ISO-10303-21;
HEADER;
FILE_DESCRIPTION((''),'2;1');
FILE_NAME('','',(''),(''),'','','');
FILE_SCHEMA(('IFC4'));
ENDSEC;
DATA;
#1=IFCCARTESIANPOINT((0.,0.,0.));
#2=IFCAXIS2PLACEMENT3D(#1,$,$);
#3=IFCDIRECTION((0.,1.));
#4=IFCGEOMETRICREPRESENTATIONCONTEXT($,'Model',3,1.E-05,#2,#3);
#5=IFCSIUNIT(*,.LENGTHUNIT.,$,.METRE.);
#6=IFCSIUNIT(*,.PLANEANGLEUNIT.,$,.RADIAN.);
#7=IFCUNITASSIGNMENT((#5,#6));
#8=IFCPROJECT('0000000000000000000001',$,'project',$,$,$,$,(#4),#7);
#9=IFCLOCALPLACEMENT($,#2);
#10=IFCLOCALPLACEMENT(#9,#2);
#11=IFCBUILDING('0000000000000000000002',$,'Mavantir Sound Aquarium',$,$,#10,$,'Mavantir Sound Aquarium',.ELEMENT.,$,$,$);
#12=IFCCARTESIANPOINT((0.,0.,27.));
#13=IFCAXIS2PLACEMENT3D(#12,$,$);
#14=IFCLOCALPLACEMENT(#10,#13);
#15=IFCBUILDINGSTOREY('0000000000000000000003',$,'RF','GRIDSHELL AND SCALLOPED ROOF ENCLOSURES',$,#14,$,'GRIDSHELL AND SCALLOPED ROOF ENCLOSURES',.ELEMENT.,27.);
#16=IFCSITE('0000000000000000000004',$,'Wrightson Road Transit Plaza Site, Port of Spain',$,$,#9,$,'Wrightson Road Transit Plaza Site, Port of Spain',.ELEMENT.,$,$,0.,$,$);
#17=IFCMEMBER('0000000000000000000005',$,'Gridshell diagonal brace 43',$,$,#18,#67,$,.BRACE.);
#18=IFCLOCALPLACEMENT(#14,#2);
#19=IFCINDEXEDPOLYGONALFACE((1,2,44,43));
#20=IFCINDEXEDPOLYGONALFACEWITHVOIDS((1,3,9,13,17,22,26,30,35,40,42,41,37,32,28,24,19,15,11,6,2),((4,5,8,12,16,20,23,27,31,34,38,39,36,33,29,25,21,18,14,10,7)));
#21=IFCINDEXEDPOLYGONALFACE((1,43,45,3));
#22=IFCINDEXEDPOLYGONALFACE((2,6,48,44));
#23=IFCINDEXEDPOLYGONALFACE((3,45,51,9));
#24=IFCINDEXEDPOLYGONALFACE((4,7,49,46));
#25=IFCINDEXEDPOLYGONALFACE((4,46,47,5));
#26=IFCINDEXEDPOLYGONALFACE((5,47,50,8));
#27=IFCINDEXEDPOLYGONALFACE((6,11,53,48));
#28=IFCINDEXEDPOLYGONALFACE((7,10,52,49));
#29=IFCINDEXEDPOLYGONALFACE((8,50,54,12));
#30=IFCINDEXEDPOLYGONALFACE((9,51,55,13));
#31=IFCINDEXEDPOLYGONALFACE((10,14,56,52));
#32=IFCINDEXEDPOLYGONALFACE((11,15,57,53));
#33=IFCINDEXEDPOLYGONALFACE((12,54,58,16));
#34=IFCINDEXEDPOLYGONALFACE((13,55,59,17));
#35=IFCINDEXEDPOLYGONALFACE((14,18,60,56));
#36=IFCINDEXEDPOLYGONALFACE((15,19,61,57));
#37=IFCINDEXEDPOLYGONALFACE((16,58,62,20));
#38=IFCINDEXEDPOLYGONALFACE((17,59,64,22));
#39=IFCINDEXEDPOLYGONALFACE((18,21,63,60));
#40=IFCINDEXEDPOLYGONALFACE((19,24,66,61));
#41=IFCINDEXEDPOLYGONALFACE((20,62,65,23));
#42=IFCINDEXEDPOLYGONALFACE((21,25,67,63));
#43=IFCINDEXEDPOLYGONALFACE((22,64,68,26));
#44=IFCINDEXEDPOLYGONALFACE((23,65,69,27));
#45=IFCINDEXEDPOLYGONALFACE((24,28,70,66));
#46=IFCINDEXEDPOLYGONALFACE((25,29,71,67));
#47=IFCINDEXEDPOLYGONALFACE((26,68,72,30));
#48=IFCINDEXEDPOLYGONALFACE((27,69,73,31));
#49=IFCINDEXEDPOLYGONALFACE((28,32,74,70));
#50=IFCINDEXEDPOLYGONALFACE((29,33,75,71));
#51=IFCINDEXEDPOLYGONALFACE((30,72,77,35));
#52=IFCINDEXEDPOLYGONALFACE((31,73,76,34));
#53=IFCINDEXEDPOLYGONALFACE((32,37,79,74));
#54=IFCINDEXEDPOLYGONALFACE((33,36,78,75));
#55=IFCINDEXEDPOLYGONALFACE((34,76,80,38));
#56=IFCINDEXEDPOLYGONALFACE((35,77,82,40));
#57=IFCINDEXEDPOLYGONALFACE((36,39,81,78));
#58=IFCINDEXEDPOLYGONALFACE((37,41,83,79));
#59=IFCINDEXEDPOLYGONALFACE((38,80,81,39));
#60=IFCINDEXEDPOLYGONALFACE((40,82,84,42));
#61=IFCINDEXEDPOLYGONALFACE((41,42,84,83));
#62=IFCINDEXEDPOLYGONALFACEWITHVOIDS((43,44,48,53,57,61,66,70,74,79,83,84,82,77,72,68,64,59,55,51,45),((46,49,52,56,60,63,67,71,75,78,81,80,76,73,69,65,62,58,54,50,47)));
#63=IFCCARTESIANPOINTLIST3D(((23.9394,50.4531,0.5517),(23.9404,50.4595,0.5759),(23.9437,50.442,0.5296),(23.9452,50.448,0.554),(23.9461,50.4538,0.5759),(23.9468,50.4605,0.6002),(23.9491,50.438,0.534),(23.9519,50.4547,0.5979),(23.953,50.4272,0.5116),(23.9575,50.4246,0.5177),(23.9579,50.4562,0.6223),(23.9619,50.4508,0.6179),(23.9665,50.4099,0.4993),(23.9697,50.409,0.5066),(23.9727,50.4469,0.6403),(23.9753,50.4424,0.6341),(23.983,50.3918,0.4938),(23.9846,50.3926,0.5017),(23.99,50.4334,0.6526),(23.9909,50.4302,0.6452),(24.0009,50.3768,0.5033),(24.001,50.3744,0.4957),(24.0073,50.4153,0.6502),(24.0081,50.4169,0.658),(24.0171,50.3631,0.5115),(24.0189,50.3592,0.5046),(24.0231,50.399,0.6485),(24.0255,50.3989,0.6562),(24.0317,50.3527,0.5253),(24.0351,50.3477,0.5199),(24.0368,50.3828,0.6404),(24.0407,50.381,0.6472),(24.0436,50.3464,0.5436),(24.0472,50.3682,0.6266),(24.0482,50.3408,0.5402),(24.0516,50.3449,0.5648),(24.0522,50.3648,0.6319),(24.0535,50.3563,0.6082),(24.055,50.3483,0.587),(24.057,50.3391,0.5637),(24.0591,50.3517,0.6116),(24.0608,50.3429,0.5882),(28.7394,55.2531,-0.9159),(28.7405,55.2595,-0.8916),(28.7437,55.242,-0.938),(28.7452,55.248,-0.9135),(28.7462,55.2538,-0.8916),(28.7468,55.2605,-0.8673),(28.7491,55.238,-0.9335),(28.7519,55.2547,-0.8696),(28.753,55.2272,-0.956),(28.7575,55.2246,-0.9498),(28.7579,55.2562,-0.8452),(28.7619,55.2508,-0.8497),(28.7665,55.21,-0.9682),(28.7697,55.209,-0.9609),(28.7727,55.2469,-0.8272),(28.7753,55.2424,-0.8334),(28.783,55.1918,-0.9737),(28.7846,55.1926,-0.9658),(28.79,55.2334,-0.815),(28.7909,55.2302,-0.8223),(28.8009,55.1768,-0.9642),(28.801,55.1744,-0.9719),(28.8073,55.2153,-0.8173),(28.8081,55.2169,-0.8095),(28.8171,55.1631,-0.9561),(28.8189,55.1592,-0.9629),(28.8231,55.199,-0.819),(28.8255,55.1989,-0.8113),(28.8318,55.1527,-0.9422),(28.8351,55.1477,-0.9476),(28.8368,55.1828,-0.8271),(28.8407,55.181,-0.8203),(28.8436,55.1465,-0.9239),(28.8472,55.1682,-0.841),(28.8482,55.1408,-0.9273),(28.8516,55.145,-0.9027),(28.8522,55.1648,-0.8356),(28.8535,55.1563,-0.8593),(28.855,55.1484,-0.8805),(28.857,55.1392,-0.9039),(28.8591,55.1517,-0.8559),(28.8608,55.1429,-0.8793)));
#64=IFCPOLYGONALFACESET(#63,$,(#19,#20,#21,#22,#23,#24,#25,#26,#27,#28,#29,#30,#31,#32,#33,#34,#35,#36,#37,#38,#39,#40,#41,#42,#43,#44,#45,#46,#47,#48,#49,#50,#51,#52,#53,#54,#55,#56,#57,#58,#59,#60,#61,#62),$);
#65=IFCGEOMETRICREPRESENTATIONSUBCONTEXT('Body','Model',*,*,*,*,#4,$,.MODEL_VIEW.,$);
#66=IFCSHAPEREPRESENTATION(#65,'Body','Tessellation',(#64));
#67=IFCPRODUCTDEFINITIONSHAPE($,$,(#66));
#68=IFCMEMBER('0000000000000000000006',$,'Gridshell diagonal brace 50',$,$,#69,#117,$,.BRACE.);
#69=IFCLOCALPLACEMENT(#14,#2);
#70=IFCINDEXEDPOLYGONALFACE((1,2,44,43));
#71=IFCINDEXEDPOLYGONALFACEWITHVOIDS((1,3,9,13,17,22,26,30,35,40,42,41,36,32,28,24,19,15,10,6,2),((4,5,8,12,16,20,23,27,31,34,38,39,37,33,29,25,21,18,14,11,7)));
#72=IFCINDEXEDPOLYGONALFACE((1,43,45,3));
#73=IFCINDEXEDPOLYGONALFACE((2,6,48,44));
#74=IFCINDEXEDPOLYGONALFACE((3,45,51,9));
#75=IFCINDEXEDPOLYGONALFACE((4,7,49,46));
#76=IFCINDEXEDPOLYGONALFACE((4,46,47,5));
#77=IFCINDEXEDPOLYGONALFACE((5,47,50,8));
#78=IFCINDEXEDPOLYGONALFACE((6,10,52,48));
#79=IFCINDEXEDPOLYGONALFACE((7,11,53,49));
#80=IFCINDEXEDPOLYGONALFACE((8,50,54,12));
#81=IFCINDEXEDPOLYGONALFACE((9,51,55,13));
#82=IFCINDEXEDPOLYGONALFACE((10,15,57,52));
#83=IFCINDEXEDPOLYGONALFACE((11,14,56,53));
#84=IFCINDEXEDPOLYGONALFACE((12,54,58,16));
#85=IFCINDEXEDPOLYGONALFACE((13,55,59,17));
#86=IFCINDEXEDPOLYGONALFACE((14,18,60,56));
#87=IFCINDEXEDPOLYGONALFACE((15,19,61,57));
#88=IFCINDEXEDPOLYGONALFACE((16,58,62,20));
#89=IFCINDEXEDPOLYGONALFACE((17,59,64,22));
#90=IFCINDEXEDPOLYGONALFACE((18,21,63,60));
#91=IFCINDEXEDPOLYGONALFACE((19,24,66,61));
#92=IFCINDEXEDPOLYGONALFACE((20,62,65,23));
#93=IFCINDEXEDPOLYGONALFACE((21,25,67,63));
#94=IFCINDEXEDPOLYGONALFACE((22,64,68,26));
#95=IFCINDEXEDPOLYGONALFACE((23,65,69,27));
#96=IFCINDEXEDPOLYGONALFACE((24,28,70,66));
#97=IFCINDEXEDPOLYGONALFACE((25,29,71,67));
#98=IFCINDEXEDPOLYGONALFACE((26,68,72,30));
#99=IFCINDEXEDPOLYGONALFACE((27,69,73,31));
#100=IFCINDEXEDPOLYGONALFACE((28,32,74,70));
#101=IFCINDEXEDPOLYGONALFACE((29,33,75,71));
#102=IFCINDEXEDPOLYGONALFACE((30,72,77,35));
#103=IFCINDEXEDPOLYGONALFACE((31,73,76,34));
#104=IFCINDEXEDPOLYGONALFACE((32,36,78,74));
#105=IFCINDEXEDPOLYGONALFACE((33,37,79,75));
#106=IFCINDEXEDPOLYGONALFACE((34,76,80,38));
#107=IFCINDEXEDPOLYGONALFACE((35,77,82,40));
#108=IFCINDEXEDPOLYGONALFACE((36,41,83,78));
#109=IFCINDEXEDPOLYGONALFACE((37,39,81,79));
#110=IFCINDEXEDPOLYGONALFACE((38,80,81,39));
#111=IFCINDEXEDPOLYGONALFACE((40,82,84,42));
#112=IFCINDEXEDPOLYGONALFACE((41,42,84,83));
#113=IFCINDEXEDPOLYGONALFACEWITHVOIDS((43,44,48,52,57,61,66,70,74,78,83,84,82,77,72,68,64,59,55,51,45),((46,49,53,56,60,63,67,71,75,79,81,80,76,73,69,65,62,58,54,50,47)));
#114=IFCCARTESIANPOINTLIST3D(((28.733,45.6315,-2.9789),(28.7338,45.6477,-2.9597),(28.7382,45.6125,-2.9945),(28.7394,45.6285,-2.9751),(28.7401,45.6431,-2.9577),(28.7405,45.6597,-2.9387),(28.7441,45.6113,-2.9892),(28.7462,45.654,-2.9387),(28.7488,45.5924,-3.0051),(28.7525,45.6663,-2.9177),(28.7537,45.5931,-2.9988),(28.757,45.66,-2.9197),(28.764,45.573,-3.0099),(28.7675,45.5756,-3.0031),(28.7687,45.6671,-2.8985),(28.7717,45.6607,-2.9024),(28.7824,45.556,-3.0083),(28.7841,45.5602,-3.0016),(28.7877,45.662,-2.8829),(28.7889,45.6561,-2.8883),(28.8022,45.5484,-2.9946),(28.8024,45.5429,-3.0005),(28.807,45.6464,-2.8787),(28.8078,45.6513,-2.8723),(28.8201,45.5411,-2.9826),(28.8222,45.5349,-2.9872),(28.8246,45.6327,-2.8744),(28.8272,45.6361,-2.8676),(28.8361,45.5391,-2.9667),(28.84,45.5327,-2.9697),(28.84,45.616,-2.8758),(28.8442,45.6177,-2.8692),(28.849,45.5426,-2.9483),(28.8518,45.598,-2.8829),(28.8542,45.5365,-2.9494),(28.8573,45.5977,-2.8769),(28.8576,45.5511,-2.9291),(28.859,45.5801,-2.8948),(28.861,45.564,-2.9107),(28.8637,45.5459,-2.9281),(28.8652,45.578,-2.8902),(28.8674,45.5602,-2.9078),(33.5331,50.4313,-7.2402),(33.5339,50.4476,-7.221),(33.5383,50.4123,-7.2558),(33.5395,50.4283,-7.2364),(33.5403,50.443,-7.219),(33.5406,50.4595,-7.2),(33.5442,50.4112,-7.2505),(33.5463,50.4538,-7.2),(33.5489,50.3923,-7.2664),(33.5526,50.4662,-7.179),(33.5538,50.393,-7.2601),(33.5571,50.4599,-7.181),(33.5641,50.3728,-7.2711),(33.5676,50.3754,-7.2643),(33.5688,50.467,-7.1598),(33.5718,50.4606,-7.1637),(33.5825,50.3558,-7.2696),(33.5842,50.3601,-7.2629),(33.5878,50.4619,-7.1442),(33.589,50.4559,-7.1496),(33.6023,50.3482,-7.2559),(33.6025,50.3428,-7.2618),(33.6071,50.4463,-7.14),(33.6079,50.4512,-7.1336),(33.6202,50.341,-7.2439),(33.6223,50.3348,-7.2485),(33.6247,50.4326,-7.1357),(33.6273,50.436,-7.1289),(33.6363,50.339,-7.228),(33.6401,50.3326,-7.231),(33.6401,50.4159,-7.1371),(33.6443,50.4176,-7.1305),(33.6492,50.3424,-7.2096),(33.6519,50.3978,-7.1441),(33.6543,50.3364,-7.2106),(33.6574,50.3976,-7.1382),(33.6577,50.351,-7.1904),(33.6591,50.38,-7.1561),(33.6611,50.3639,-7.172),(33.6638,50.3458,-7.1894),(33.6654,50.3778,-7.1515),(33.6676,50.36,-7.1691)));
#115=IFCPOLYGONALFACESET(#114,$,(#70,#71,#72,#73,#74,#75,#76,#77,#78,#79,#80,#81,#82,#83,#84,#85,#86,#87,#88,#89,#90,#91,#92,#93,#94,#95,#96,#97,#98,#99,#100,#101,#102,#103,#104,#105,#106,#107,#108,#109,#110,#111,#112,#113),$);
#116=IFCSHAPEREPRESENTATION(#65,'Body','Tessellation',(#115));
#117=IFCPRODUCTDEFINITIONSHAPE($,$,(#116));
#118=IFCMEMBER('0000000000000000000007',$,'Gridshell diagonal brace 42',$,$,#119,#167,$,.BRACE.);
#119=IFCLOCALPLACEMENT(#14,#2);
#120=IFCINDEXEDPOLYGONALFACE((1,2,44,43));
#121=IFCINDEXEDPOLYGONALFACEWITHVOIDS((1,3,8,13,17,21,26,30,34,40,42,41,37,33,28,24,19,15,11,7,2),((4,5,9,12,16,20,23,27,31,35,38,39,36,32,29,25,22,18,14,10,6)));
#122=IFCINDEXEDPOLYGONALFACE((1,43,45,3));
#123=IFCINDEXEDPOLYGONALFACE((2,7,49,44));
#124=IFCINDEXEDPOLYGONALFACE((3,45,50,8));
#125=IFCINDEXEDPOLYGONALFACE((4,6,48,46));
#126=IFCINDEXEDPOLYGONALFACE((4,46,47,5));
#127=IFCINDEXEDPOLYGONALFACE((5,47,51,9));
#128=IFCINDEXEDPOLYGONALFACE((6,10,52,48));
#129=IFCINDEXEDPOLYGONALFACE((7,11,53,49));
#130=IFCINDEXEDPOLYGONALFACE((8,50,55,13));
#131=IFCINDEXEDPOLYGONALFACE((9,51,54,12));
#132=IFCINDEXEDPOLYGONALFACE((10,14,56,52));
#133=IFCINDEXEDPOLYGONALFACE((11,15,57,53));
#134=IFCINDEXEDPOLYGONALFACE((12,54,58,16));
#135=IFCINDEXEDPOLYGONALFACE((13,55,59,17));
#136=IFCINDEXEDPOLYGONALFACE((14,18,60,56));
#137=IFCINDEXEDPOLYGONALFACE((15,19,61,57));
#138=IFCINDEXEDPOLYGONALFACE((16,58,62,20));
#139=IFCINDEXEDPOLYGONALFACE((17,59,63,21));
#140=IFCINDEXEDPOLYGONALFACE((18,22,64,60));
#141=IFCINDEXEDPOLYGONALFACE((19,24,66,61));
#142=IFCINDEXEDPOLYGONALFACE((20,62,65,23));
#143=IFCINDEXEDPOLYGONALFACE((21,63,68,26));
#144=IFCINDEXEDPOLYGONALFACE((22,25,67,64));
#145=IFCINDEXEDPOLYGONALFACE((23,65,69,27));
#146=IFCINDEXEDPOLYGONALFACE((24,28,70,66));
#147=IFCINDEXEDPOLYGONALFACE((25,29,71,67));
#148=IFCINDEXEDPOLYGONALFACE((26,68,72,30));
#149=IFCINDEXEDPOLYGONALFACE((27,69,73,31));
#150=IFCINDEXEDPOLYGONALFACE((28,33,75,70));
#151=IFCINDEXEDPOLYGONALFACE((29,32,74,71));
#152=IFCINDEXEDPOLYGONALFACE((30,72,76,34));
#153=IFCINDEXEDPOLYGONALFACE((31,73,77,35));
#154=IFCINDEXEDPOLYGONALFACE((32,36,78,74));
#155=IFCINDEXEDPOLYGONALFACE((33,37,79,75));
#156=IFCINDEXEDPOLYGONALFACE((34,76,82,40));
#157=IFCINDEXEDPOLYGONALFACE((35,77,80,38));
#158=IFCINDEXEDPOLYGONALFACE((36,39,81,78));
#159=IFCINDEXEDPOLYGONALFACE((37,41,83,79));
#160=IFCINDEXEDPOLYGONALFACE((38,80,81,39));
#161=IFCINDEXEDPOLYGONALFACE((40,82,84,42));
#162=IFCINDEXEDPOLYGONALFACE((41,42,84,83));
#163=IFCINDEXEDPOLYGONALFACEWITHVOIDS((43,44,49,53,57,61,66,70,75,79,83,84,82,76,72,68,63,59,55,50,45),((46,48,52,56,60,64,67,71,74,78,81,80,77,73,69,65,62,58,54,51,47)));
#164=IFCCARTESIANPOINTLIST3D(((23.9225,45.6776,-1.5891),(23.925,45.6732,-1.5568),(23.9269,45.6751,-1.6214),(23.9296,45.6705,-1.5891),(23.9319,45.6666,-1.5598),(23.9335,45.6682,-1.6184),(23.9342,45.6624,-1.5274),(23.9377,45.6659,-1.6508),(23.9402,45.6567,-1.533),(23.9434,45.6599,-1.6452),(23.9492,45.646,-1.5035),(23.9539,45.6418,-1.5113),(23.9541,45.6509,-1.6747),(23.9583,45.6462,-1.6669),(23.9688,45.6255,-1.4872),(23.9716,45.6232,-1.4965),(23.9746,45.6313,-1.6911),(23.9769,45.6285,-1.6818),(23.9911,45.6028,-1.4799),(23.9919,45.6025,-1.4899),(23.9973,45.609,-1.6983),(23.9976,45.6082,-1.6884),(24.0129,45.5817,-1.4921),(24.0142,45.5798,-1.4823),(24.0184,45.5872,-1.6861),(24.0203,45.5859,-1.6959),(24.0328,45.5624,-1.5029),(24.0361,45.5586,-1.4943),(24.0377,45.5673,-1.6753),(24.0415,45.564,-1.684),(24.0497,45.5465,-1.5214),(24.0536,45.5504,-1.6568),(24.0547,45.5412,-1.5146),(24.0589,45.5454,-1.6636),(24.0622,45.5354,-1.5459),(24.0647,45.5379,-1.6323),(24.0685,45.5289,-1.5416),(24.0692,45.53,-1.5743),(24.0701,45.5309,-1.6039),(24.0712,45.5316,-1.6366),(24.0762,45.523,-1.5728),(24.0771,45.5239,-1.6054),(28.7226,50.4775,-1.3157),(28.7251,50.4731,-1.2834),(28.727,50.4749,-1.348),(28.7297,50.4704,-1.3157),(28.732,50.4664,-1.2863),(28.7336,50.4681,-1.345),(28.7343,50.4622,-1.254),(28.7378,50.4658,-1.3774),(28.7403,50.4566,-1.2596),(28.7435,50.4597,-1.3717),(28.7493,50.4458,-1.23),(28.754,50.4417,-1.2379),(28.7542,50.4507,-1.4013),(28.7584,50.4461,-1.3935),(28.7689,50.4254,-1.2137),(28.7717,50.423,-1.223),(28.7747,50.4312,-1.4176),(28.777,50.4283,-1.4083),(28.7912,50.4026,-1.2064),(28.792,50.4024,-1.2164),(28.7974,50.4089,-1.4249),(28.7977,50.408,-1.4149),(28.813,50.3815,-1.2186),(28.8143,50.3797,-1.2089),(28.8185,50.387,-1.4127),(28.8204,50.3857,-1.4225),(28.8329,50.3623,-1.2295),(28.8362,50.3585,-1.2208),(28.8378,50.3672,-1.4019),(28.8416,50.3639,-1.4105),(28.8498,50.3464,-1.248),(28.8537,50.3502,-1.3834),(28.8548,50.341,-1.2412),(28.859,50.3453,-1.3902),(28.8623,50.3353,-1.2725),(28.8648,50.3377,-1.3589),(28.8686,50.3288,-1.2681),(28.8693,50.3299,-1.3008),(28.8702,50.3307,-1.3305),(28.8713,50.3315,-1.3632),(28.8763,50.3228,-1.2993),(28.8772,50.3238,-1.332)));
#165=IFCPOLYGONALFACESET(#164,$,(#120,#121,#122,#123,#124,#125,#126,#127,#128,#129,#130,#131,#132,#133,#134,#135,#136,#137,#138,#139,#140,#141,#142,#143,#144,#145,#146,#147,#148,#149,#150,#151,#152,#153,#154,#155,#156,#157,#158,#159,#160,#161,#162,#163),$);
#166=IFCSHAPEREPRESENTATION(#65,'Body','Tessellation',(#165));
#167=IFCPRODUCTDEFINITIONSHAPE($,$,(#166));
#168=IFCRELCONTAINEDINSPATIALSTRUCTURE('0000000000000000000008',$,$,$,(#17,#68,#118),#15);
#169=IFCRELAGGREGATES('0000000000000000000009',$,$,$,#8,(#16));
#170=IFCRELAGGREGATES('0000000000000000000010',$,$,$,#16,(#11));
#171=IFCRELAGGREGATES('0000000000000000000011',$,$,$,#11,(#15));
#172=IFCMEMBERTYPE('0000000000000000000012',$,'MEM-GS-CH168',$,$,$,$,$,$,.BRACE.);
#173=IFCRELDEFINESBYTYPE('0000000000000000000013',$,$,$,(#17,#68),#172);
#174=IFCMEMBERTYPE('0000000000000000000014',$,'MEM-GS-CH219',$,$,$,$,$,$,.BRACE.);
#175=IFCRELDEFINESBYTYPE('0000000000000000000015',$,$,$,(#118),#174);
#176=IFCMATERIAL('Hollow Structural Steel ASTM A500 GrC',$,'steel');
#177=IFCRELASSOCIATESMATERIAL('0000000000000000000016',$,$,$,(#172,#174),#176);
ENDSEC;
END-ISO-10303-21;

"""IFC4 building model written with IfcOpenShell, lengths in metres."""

from ifc_helpers import new_model, si_unit, direction, frame, origin, origin_2d, place, context, subcontext, project, spatial, hollow_circle, extrude, material, material_profile, profile_set, type_object, element, save


model = new_model("IFC4")

# Units and contexts
model_context = context("Model", 3, precision=1e-05, world=origin(), true_north=direction((0.0, 1.0)))
body_context = subcontext(model_context, "Body", "Model", "MODEL_VIEW")
ifc_project = project(units=[si_unit("LENGTHUNIT", "METRE"), si_unit("PLANEANGLEUNIT", "RADIAN")], contexts=[model_context])

# Site, building, storey
site_placement = place(None, origin())
site = spatial("IfcSite", under=ifc_project, at=site_placement, Name="Wrightson Road Transit Plaza Site, Port of Spain", LongName="Wrightson Road Transit Plaza Site, Port of Spain", CompositionType="ELEMENT", RefElevation=0.0)
building_placement = place(site_placement, origin())
building = spatial("IfcBuilding", under=site, at=building_placement, Name="Mavantir Sound Aquarium", LongName="Mavantir Sound Aquarium", CompositionType="ELEMENT")
storey_placement = place(building_placement, frame((0.0, 0.0, 27.0)))
storey = spatial("IfcBuildingStorey", under=building, at=storey_placement, Name="RF", Description="GRIDSHELL AND SCALLOPED ROOF ENCLOSURES", LongName="GRIDSHELL AND SCALLOPED ROOF ENCLOSURES", CompositionType="ELEMENT", Elevation=27.0)

# Members
ifc_material_1 = material(Name="Hollow Structural Steel ASTM A500 GrC", Category="steel")
ifc_material_profile_1 = material_profile(ifc_material_1, hollow_circle(Radius=0.0842, WallThickness=0.0081, at=origin_2d()), Name="CHS 168.3X8")
ifc_profile_set_1 = profile_set([ifc_material_profile_1], Name="Hollow Structural Steel ASTM A500 GrC")
member_type_1 = type_object("IfcMemberType", Name="MEM-GS-CH168", PredefinedType="BRACE", material=ifc_profile_set_1)
member_1_placement = place(storey_placement, frame((24.0, 50.3999, 0.5759), z_axis=(0.691141, 0.691141, -0.211304), x_axis=(-0.707107, 0.707107, 0.0)))
element("IfcMember", 1, at=member_1_placement, inside=storey, type_object=member_type_1, Name="Gridshell diagonal brace 43", PredefinedType="BRACE", context=body_context, shape_type="SweptSolid", body=[
    extrude(hollow_circle(Radius=0.0842, WallThickness=0.0081, at=origin_2d()), origin(), (0.0, 0.0, 1.0), 6.9451),
])
member_2_placement = place(storey_placement, frame((28.8, 45.6001, -2.9387), z_axis=(0.5989, 0.598869, -0.531672), x_axis=(-0.707089, 0.707125, 0.0)))
element("IfcMember", 2, at=member_2_placement, inside=storey, type_object=member_type_1, Name="Gridshell diagonal brace 50", PredefinedType="BRACE", context=body_context, shape_type="SweptSolid", body=[
    extrude(hollow_circle(Radius=0.0842, WallThickness=0.0081, at=origin_2d()), origin(), (0.0, 0.0, 1.0), 8.0149),
])
ifc_material_profile_2 = material_profile(ifc_material_1, hollow_circle(Radius=0.1096, WallThickness=0.01, at=origin_2d()), Name="CHS 219.1X10")
ifc_profile_set_2 = profile_set([ifc_material_profile_2], Name="Hollow Structural Steel ASTM A500 GrC")
member_type_2 = type_object("IfcMemberType", Name="MEM-GS-CH219", PredefinedType="BRACE", material=ifc_profile_set_2)
member_3_placement = place(storey_placement, frame((24.0, 45.6001, -1.5891), z_axis=(0.706552, 0.706516, 0.040249), x_axis=(-0.707089, 0.707125, 0.0)))
element("IfcMember", 3, at=member_3_placement, inside=storey, type_object=member_type_2, Name="Gridshell diagonal brace 42", PredefinedType="BRACE", context=body_context, shape_type="SweptSolid", body=[
    extrude(hollow_circle(Radius=0.1096, WallThickness=0.01, at=origin_2d()), origin(), (0.0, 0.0, 1.0), 6.7937),
])

save(model, "model.ifc")
